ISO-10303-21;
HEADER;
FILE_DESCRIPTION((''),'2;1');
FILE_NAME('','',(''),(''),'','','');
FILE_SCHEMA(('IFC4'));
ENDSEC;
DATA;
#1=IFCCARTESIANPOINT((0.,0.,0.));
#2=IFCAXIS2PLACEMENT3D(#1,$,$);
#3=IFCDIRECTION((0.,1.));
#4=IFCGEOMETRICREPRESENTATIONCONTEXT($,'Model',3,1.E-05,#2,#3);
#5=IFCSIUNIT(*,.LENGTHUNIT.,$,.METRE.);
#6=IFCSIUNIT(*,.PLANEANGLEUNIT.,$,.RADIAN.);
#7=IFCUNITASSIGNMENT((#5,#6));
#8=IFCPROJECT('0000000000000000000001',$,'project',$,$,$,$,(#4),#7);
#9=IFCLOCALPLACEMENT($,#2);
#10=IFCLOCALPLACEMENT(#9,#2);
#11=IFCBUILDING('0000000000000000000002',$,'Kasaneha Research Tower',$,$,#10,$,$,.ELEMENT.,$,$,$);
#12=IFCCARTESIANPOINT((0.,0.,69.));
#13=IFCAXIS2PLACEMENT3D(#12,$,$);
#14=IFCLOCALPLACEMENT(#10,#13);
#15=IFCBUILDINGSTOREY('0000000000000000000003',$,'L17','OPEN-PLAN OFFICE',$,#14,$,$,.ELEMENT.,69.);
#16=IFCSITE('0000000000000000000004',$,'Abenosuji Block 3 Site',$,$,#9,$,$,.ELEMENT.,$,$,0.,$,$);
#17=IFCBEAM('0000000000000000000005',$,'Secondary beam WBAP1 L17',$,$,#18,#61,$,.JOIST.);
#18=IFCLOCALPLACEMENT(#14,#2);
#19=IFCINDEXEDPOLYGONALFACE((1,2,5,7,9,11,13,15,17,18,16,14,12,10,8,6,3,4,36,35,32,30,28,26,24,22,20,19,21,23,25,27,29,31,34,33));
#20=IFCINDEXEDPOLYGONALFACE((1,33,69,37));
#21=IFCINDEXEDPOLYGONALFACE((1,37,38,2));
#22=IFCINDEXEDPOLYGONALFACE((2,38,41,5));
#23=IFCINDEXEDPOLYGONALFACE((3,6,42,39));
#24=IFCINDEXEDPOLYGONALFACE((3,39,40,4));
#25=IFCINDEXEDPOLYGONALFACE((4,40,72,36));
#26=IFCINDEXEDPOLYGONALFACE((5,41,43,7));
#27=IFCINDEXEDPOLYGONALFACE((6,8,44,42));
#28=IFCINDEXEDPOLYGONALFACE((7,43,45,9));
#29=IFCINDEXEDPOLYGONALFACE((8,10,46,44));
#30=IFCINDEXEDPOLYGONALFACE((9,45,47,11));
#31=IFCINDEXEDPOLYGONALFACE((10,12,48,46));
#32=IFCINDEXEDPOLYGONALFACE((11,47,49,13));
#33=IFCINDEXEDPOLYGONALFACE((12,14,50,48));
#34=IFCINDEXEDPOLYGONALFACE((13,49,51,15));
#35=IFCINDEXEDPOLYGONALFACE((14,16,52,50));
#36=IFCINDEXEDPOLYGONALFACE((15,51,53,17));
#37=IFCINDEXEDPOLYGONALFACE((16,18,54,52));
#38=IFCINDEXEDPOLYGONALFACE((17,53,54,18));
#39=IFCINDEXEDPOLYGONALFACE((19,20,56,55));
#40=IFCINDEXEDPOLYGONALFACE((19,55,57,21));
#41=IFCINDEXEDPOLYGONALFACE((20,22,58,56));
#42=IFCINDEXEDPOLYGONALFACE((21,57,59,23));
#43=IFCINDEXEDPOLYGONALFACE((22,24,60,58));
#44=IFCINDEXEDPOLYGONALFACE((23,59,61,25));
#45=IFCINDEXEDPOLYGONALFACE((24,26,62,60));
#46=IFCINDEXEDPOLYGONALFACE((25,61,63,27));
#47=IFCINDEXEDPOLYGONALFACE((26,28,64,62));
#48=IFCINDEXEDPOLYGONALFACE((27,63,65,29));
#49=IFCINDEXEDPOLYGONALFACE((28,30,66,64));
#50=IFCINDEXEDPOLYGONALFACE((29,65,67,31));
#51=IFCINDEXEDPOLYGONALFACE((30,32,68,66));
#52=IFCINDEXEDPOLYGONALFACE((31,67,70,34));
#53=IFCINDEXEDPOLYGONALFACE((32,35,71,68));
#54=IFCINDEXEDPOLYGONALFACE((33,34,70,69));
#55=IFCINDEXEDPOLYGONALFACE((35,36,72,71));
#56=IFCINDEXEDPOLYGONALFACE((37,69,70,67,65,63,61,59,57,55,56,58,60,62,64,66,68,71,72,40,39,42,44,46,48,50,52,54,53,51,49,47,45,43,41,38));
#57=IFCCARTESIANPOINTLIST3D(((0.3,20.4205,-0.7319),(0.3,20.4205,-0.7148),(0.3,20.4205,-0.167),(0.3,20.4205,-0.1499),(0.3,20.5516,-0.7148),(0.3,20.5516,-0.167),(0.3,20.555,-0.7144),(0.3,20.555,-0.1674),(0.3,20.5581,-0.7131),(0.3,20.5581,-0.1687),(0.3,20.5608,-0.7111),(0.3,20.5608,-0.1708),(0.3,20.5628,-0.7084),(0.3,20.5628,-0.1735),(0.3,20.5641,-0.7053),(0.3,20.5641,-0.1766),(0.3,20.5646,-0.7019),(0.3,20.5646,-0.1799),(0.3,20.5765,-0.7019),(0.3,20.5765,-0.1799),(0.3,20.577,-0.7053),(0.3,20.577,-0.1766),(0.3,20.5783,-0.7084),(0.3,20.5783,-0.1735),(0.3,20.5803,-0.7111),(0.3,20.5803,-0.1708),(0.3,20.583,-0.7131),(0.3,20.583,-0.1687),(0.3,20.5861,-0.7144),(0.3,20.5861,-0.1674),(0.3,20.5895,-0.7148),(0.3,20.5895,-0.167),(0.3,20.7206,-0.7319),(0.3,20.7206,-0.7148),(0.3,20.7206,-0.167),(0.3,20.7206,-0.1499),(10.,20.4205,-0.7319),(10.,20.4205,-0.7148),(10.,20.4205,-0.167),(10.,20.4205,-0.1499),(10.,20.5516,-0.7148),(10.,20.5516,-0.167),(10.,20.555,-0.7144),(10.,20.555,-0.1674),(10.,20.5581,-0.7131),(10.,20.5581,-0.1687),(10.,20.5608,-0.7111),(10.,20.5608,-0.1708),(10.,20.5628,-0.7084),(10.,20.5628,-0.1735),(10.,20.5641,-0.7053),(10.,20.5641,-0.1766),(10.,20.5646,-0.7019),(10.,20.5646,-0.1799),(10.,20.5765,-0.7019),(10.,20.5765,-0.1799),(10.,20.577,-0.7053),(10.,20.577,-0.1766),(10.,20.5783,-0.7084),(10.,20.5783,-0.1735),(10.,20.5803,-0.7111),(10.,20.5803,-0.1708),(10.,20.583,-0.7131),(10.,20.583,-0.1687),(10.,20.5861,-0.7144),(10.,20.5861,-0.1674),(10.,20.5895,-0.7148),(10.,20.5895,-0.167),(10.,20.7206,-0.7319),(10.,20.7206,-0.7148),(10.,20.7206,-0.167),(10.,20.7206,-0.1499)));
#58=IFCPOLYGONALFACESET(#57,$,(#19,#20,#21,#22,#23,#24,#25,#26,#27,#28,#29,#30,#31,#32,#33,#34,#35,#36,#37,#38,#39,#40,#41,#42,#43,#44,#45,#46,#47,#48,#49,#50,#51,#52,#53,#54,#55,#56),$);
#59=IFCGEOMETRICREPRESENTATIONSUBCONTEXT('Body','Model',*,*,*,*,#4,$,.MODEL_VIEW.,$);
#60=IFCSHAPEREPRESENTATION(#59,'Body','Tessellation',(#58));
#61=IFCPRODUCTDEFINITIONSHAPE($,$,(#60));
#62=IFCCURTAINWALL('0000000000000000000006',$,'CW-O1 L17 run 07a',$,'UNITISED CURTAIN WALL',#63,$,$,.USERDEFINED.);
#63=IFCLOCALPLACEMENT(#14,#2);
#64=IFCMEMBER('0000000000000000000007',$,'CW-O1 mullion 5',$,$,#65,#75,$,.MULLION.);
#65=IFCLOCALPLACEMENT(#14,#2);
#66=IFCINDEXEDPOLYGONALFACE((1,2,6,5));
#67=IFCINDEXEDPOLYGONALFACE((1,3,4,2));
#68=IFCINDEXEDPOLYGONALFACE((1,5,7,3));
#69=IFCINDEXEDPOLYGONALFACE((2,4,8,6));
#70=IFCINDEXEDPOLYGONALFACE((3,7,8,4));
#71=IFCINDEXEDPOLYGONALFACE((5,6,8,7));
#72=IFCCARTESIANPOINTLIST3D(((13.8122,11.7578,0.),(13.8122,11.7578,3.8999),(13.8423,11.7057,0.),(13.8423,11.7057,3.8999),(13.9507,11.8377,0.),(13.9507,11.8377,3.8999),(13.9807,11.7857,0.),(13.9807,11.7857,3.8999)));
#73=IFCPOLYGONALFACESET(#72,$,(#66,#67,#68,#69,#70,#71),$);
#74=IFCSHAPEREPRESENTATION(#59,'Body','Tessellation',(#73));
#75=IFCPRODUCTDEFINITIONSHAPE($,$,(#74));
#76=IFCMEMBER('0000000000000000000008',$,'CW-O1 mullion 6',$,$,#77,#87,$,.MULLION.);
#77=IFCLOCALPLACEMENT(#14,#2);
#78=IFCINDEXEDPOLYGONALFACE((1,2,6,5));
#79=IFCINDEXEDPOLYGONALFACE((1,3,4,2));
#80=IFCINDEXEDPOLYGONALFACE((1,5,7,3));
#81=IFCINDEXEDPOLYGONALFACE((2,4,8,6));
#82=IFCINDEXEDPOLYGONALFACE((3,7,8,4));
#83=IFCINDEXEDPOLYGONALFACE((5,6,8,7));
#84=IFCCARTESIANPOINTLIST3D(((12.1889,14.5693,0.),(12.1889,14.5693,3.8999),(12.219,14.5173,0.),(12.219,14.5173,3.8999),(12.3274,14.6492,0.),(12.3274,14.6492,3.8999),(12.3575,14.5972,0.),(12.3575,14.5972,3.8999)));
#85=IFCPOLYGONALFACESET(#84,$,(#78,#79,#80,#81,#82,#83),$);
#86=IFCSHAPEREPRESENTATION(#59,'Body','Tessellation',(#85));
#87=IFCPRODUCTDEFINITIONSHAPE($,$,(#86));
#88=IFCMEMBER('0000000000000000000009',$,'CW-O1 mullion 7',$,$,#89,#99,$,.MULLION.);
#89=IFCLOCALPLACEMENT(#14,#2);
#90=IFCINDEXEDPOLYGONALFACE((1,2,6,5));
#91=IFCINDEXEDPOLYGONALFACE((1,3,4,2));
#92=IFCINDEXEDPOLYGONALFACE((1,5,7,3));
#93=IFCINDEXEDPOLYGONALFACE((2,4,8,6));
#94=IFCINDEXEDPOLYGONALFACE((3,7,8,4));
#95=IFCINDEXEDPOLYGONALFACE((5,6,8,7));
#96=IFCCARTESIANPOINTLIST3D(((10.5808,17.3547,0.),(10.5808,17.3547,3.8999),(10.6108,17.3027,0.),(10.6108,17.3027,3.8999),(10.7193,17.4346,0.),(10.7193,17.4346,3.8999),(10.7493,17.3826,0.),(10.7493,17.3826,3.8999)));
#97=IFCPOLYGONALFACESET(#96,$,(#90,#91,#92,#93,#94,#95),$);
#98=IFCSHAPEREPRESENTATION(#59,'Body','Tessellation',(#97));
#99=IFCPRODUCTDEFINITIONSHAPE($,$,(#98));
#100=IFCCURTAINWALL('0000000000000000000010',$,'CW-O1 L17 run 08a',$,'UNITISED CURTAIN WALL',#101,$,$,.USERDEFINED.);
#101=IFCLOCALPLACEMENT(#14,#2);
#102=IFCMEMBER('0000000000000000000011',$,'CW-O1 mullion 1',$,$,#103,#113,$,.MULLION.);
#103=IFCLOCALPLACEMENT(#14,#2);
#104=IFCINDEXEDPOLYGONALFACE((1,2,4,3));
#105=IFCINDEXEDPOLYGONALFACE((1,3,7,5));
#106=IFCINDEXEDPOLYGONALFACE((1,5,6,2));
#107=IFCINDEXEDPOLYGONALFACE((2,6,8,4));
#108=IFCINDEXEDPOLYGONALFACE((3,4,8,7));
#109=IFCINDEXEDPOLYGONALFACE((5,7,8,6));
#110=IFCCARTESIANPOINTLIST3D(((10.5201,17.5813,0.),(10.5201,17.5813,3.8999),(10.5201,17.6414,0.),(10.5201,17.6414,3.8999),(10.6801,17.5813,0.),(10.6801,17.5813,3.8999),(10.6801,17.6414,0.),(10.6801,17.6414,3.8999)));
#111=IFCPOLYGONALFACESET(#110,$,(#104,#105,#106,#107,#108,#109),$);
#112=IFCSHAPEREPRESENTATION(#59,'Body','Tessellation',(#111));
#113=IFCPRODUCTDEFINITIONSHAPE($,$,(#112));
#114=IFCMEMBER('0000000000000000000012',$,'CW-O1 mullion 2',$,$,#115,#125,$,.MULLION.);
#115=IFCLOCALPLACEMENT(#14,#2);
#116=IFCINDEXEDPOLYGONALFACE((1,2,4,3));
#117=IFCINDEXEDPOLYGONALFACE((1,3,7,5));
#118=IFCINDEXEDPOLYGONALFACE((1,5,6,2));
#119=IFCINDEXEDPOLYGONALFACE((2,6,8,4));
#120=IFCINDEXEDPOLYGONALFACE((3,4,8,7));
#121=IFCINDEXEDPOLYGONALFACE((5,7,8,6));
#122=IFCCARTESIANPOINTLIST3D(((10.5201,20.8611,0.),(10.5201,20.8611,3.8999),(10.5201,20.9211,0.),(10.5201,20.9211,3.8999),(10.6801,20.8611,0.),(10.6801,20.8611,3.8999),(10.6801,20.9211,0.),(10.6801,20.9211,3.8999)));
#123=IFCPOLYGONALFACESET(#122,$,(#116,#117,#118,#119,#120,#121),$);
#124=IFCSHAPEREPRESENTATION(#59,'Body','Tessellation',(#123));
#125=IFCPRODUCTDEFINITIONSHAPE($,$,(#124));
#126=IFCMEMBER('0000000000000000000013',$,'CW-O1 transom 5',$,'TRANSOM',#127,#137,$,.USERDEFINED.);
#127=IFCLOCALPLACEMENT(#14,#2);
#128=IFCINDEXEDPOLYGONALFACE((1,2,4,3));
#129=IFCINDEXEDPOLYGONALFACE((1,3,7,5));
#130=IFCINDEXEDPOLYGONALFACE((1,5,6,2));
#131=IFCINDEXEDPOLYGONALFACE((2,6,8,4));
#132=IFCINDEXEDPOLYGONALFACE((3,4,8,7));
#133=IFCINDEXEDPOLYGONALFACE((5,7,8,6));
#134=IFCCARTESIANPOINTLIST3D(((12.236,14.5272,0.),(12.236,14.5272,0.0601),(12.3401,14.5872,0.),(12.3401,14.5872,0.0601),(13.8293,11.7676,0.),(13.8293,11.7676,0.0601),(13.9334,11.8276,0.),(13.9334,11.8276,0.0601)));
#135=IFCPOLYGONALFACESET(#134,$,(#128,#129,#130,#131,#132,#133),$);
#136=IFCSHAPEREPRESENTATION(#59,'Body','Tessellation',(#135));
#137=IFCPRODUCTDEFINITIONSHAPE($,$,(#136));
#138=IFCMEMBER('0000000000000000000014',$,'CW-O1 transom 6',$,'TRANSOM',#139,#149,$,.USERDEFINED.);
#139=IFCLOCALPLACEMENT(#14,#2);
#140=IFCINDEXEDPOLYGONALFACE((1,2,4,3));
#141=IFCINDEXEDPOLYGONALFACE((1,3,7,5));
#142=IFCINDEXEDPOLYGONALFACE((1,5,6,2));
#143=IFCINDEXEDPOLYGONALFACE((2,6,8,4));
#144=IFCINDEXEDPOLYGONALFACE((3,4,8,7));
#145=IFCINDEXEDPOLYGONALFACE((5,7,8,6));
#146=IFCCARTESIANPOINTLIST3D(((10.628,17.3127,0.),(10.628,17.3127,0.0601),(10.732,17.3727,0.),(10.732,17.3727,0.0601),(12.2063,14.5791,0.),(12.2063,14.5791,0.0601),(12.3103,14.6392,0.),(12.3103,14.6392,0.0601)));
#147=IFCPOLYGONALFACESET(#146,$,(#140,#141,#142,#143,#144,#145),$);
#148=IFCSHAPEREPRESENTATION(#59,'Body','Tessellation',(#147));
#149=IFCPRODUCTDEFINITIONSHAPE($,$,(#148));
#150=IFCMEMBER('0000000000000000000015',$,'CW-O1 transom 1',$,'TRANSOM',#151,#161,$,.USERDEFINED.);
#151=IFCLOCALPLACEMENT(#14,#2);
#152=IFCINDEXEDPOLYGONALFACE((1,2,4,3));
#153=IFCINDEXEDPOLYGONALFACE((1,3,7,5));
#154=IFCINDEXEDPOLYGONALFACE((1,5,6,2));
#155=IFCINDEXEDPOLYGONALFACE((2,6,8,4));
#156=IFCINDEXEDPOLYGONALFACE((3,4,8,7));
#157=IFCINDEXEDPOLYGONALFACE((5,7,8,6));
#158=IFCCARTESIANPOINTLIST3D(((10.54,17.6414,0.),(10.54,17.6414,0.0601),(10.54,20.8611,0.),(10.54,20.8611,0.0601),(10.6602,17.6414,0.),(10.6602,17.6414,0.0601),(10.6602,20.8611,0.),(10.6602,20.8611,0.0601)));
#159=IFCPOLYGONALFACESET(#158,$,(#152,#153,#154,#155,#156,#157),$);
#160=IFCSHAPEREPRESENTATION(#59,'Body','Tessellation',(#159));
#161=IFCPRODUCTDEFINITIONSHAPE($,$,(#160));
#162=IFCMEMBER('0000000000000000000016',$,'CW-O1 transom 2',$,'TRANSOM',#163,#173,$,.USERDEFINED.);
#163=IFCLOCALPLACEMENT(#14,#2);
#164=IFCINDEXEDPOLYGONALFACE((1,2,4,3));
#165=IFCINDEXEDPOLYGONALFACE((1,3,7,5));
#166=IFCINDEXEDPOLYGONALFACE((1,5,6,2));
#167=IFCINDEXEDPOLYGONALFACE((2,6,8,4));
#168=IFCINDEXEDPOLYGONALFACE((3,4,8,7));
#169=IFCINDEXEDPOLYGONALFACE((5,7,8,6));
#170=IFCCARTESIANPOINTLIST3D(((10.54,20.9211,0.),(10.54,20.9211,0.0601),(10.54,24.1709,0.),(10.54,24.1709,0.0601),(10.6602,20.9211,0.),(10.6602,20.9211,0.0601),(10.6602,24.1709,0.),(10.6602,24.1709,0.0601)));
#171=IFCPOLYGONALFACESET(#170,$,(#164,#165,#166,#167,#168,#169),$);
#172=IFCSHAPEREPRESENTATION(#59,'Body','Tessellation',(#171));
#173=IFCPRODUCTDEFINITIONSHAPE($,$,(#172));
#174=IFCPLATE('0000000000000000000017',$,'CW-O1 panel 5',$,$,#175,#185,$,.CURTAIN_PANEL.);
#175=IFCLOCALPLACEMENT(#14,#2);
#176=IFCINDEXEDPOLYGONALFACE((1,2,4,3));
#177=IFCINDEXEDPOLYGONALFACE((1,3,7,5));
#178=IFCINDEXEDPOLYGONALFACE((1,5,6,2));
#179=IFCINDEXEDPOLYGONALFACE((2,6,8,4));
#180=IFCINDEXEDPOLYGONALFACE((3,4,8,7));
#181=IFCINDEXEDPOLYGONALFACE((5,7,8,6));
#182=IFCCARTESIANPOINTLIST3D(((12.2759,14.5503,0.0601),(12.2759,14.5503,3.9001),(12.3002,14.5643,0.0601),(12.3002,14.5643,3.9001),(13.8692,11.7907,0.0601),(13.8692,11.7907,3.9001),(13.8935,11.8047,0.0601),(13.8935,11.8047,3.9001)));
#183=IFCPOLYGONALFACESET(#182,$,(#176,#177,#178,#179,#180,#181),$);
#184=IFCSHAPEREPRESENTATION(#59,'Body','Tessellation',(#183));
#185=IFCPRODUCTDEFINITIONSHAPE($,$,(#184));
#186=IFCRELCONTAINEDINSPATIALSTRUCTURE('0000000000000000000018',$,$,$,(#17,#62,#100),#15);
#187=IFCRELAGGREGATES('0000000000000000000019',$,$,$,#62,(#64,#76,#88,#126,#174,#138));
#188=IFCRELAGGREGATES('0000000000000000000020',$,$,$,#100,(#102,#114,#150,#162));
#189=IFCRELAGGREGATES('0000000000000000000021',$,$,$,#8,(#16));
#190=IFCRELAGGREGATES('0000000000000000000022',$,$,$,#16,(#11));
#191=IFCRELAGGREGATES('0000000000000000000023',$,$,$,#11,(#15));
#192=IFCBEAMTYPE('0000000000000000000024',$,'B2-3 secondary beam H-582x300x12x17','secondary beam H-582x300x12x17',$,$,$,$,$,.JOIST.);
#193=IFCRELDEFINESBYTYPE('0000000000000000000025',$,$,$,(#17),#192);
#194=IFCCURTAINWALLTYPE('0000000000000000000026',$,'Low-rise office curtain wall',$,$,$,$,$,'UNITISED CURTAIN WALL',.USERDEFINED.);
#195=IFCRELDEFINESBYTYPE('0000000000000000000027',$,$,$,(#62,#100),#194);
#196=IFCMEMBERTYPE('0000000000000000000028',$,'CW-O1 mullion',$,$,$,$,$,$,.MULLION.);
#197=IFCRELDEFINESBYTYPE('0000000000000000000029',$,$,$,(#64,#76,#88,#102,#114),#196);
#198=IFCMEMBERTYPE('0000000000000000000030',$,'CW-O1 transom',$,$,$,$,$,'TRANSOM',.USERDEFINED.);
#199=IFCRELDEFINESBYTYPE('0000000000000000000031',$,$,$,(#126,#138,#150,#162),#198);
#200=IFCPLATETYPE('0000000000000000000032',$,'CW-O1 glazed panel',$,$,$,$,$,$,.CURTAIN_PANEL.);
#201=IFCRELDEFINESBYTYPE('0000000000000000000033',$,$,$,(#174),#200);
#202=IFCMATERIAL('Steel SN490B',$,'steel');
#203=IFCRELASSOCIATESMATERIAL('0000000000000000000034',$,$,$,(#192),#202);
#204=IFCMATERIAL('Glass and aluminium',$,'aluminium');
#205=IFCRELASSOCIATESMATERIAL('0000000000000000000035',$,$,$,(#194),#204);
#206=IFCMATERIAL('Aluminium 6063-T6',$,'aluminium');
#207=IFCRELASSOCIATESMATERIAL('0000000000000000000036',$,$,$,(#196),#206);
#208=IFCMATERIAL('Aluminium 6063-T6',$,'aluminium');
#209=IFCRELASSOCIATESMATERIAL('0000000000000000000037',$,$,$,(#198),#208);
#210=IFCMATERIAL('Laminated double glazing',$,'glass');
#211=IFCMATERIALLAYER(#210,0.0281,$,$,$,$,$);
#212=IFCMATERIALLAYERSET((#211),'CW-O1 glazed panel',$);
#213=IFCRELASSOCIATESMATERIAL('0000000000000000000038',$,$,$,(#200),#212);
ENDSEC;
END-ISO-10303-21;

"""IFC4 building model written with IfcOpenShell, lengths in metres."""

from ifc_helpers import new_model, si_unit, direction, frame, origin, origin_2d, place, context, subcontext, project, spatial, rectangle, i_section, extrude, material, layer, layer_set, material_profile, profile_set, type_object, element, aggregate, save


model = new_model("IFC4")

# Units and contexts
model_context = context("Model", 3, precision=1e-05, world=origin(), true_north=direction((0.0, 1.0)))
body_context = subcontext(model_context, "Body", "Model", "MODEL_VIEW")
ifc_project = project(units=[si_unit("LENGTHUNIT", "METRE"), si_unit("PLANEANGLEUNIT", "RADIAN")], contexts=[model_context])

# Site, building, storey
site_placement = place(None, origin())
site = spatial("IfcSite", under=ifc_project, at=site_placement, Name="Abenosuji Block 3 Site", CompositionType="ELEMENT", RefElevation=0.0)
building_placement = place(site_placement, origin())
building = spatial("IfcBuilding", under=site, at=building_placement, Name="Kasaneha Research Tower", CompositionType="ELEMENT")
storey_placement = place(building_placement, frame((0.0, 0.0, 69.0)))
storey = spatial("IfcBuildingStorey", under=building, at=storey_placement, Name="L17", Description="OPEN-PLAN OFFICE", CompositionType="ELEMENT", Elevation=69.0)

# Beam
ifc_material_1 = material(Name="Steel SN490B", Category="steel")
ifc_material_profile_1 = material_profile(ifc_material_1, i_section(OverallWidth=0.3, OverallDepth=0.582, WebThickness=0.012, FlangeThickness=0.0171, FilletRadius=0.0129, at=origin_2d()), Name="H-582x300x12x17")
ifc_profile_set_1 = profile_set([ifc_material_profile_1], Name="Steel SN490B")
beam_type = type_object("IfcBeamType", Name="B2-3 secondary beam H-582x300x12x17", Description="secondary beam H-582x300x12x17", PredefinedType="JOIST", material=ifc_profile_set_1)
beam_placement = place(storey_placement, frame((10.0, 20.5706, -0.4409), z_axis=(-1.0, 0.0, 0.0), x_axis=(0.0, -1.0, 0.0)))
element("IfcBeam", 1, at=beam_placement, inside=storey, type_object=beam_type, Name="Secondary beam WBAP1 L17", PredefinedType="JOIST", context=body_context, shape_type="SweptSolid", body=[
    extrude(i_section(OverallWidth=0.3, OverallDepth=0.582, WebThickness=0.012, FlangeThickness=0.0171, FilletRadius=0.0129, at=origin_2d()), origin(), (0.0, 0.0, 1.0), 9.7),
])

# Curtain walls, members
ifc_material_2 = material(Name="Glass and aluminium", Category="aluminium")
curtain_wall_type = type_object("IfcCurtainWallType", Name="Low-rise office curtain wall", ElementType="UNITISED CURTAIN WALL", PredefinedType="USERDEFINED", material=ifc_material_2)
curtain_wall_1_placement = place(storey_placement, origin())
curtain_wall_1 = element("IfcCurtainWall", 2, at=curtain_wall_1_placement, inside=storey, type_object=curtain_wall_type, Name="CW-O1 L17 run 07a", ObjectType="UNITISED CURTAIN WALL", PredefinedType="USERDEFINED")
ifc_material_3 = material(Name="Aluminium 6063-T6", Category="aluminium")
ifc_material_profile_2 = material_profile(ifc_material_3, rectangle(XDim=0.0601, YDim=0.1599, at=origin_2d()), Name="CW-O1 mullion 60x160")
ifc_profile_set_2 = profile_set([ifc_material_profile_2], Name="Aluminium 6063-T6")
member_type_1 = type_object("IfcMemberType", Name="CW-O1 mullion", PredefinedType="MULLION", material=ifc_profile_set_2)
member_1_placement = place(storey_placement, frame((13.8965, 11.7717, 0.0), z_axis=(0.0, 0.0, 1.0), x_axis=(-0.5, 0.866025, 0.0)))
member_1 = element("IfcMember", 3, at=member_1_placement, type_object=member_type_1, Name="CW-O1 mullion 5", PredefinedType="MULLION", context=body_context, shape_type="SweptSolid", body=[
    extrude(rectangle(XDim=0.0601, YDim=0.1599, at=origin_2d()), origin(), (0.0, 0.0, 1.0), 3.8999),
])
member_2_placement = place(storey_placement, frame((12.2732, 14.5833, 0.0), z_axis=(0.0, 0.0, 1.0), x_axis=(-0.5, 0.866025, 0.0)))
member_2 = element("IfcMember", 4, at=member_2_placement, type_object=member_type_1, Name="CW-O1 mullion 6", PredefinedType="MULLION", context=body_context, shape_type="SweptSolid", body=[
    extrude(rectangle(XDim=0.0601, YDim=0.1599, at=origin_2d()), origin(), (0.0, 0.0, 1.0), 3.8999),
])
member_3_placement = place(storey_placement, frame((10.665, 17.3687, 0.0), z_axis=(0.0, 0.0, 1.0), x_axis=(-0.5, 0.866025, 0.0)))
member_3 = element("IfcMember", 5, at=member_3_placement, type_object=member_type_1, Name="CW-O1 mullion 7", PredefinedType="MULLION", context=body_context, shape_type="SweptSolid", body=[
    extrude(rectangle(XDim=0.0601, YDim=0.1599, at=origin_2d()), origin(), (0.0, 0.0, 1.0), 3.8999),
])
curtain_wall_2_placement = place(storey_placement, origin())
curtain_wall_2 = element("IfcCurtainWall", 6, at=curtain_wall_2_placement, inside=storey, type_object=curtain_wall_type, Name="CW-O1 L17 run 08a", ObjectType="UNITISED CURTAIN WALL", PredefinedType="USERDEFINED")
member_4_placement = place(storey_placement, frame((10.6001, 17.6113, 0.0), z_axis=(0.0, 0.0, 1.0), x_axis=(0.0, 1.0, 0.0)))
member_4 = element("IfcMember", 7, at=member_4_placement, type_object=member_type_1, Name="CW-O1 mullion 1", PredefinedType="MULLION", context=body_context, shape_type="SweptSolid", body=[
    extrude(rectangle(XDim=0.0601, YDim=0.1599, at=origin_2d()), origin(), (0.0, 0.0, 1.0), 3.8999),
])
member_5_placement = place(storey_placement, frame((10.6001, 20.8911, 0.0), z_axis=(0.0, 0.0, 1.0), x_axis=(0.0, 1.0, 0.0)))
member_5 = element("IfcMember", 8, at=member_5_placement, type_object=member_type_1, Name="CW-O1 mullion 2", PredefinedType="MULLION", context=body_context, shape_type="SweptSolid", body=[
    extrude(rectangle(XDim=0.0601, YDim=0.1599, at=origin_2d()), origin(), (0.0, 0.0, 1.0), 3.8999),
])

# Members
ifc_material_4 = material(Name="Aluminium 6063-T6", Category="aluminium")
ifc_material_profile_3 = material_profile(ifc_material_4, rectangle(XDim=0.1201, YDim=0.0601, at=origin_2d()), Name="CW-O1 transom 120x60")
ifc_profile_set_3 = profile_set([ifc_material_profile_3], Name="Aluminium 6063-T6")
member_type_2 = type_object("IfcMemberType", Name="CW-O1 transom", ElementType="TRANSOM", PredefinedType="USERDEFINED", material=ifc_profile_set_3)
member_6_placement = place(storey_placement, frame((13.8813, 11.7976, 0.03), z_axis=(-0.500012, 0.866018, 0.0), x_axis=(-0.866018, -0.500012, 0.0)))
member_6 = element("IfcMember", 9, at=member_6_placement, type_object=member_type_2, Name="CW-O1 transom 5", ObjectType="TRANSOM", PredefinedType="USERDEFINED", context=body_context, shape_type="SweptSolid", body=[
    extrude(rectangle(XDim=0.1201, YDim=0.0601, at=origin_2d()), origin(), (0.0, 0.0, 1.0), 3.1865),
])
member_7_placement = place(storey_placement, frame((12.2583, 14.6091, 0.03), z_axis=(-0.500024, 0.866012, 0.0), x_axis=(-0.866012, -0.500024, 0.0)))
member_7 = element("IfcMember", 10, at=member_7_placement, type_object=member_type_2, Name="CW-O1 transom 6", ObjectType="TRANSOM", PredefinedType="USERDEFINED", context=body_context, shape_type="SweptSolid", body=[
    extrude(rectangle(XDim=0.1201, YDim=0.0601, at=origin_2d()), origin(), (0.0, 0.0, 1.0), 3.1565),
])
member_8_placement = place(storey_placement, frame((10.6001, 17.6414, 0.03), z_axis=(0.0, 1.0, 0.0), x_axis=(-1.0, 0.0, 0.0)))
member_8 = element("IfcMember", 11, at=member_8_placement, type_object=member_type_2, Name="CW-O1 transom 1", ObjectType="TRANSOM", PredefinedType="USERDEFINED", context=body_context, shape_type="SweptSolid", body=[
    extrude(rectangle(XDim=0.1201, YDim=0.0601, at=origin_2d()), origin(), (0.0, 0.0, 1.0), 3.2197),
])
member_9_placement = place(storey_placement, frame((10.6001, 20.9211, 0.03), z_axis=(0.0, 1.0, 0.0), x_axis=(-1.0, 0.0, 0.0)))
member_9 = element("IfcMember", 12, at=member_9_placement, type_object=member_type_2, Name="CW-O1 transom 2", ObjectType="TRANSOM", PredefinedType="USERDEFINED", context=body_context, shape_type="SweptSolid", body=[
    extrude(rectangle(XDim=0.1201, YDim=0.0601, at=origin_2d()), origin(), (0.0, 0.0, 1.0), 3.2498),
])

# Plate
ifc_material_5 = material(Name="Laminated double glazing", Category="glass")
ifc_layer_1 = layer(ifc_material_5, 0.0281)
ifc_layer_set_1 = layer_set([ifc_layer_1], Name="CW-O1 glazed panel")
plate_type = type_object("IfcPlateType", Name="CW-O1 glazed panel", PredefinedType="CURTAIN_PANEL", material=ifc_layer_set_1)
plate_1_placement = place(storey_placement, frame((13.0847, 13.1775, 0.0601), z_axis=(0.0, 0.0, 1.0), x_axis=(-0.5, 0.866025, 0.0)))
plate_1 = element("IfcPlate", 13, at=plate_1_placement, type_object=plate_type, Name="CW-O1 panel 5", PredefinedType="CURTAIN_PANEL", context=body_context, shape_type="SweptSolid", body=[
    extrude(rectangle(XDim=3.1865, YDim=0.0281, at=origin_2d()), origin(), (0.0, 0.0, 1.0), 3.8401),
])
aggregate(curtain_wall_1, [member_1, member_2, member_3, member_6, plate_1, member_7])
aggregate(curtain_wall_2, [member_4, member_5, member_8, member_9])

save(model, "model.ifc")
